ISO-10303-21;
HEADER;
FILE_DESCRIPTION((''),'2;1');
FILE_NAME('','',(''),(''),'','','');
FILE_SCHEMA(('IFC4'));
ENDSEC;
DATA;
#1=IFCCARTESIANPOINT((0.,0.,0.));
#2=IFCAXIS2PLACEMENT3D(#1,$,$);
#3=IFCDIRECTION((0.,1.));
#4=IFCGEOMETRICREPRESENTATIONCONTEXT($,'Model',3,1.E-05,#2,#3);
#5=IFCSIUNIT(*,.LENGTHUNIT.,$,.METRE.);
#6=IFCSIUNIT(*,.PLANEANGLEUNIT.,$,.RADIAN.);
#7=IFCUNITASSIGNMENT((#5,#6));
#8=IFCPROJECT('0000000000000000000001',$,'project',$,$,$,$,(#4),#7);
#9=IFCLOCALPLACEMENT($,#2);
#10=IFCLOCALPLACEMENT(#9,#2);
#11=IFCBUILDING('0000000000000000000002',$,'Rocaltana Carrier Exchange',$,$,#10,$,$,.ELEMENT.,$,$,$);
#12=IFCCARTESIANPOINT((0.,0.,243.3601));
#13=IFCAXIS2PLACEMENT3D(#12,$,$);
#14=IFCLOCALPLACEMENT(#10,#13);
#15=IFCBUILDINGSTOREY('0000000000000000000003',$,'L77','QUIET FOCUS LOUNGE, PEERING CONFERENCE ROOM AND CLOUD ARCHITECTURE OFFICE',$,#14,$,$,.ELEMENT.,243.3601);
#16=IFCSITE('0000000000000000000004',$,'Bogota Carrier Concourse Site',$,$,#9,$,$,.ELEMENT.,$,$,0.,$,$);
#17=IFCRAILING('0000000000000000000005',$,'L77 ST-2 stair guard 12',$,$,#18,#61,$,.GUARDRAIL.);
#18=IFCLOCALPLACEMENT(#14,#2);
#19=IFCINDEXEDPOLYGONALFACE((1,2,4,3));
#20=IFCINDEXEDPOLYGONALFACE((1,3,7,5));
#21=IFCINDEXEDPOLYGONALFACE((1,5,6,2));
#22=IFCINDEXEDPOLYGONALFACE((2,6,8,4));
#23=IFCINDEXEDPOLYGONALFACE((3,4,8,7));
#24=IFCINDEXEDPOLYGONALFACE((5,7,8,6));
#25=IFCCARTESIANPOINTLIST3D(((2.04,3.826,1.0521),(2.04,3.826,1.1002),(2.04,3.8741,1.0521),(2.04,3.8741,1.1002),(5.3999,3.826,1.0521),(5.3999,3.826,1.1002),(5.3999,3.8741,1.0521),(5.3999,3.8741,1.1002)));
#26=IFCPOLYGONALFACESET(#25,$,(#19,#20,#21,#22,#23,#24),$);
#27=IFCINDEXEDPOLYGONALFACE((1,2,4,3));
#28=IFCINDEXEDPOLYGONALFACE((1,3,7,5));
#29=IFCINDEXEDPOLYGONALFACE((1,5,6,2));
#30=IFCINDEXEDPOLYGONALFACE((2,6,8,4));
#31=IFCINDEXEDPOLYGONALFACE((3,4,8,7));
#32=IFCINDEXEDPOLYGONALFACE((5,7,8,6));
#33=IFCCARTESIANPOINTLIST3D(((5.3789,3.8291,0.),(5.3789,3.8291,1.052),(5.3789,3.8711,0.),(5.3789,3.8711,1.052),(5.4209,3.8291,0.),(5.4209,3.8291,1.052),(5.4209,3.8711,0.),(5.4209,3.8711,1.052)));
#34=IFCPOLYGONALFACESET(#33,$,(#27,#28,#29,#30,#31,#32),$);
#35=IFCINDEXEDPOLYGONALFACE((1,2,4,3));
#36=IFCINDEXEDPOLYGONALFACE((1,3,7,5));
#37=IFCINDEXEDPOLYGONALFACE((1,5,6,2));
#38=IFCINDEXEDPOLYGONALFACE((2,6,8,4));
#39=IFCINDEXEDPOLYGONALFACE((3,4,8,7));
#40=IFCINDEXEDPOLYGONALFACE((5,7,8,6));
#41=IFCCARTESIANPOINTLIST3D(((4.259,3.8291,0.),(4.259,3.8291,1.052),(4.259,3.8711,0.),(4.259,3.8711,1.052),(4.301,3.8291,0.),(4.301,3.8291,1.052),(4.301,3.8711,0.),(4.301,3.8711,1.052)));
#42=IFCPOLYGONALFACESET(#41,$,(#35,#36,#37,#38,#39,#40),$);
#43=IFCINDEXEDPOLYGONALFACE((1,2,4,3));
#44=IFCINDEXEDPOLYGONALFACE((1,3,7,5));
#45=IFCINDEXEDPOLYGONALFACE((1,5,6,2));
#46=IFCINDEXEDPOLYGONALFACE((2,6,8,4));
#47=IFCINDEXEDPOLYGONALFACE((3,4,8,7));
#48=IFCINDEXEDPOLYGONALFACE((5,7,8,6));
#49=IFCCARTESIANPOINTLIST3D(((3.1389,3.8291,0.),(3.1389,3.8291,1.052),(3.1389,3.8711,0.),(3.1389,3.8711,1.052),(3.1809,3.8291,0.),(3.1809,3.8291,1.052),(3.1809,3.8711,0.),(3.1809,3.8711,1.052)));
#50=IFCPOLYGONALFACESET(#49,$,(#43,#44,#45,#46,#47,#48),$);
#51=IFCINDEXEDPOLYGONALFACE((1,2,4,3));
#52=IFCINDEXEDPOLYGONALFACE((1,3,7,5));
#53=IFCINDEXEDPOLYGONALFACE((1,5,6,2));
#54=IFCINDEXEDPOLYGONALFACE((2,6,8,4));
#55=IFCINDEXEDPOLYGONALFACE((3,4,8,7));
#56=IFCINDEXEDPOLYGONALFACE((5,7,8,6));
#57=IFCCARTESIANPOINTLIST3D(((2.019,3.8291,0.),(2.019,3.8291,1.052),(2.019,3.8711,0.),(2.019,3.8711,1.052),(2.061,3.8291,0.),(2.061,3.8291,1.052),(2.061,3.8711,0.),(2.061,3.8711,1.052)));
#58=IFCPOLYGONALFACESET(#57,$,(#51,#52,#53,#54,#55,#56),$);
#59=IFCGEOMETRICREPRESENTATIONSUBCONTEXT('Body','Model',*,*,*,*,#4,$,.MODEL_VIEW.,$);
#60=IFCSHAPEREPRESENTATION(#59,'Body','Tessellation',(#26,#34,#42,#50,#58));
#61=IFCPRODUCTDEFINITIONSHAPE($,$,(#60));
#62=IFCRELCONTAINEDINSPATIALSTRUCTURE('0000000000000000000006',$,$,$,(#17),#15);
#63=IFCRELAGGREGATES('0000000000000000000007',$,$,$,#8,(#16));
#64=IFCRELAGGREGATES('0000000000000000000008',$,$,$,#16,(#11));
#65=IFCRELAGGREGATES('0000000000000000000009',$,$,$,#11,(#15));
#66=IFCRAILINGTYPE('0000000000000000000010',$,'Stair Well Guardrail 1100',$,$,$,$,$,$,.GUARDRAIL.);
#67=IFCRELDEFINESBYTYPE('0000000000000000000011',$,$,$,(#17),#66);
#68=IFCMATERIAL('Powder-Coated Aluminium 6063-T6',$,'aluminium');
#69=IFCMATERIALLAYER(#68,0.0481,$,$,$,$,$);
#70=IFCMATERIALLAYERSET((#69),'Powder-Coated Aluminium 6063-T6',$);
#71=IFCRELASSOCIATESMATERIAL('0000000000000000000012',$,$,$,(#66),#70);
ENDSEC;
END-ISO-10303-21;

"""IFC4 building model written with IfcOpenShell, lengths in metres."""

from ifc_helpers import new_model, si_unit, direction, frame, origin, origin_2d, place, context, subcontext, project, spatial, rectangle, extrude, material, layer, layer_set, type_object, element, save


model = new_model("IFC4")

# Units and contexts
model_context = context("Model", 3, precision=1e-05, world=origin(), true_north=direction((0.0, 1.0)))
body_context = subcontext(model_context, "Body", "Model", "MODEL_VIEW")
ifc_project = project(units=[si_unit("LENGTHUNIT", "METRE"), si_unit("PLANEANGLEUNIT", "RADIAN")], contexts=[model_context])

# Site, building, storey
site_placement = place(None, origin())
site = spatial("IfcSite", under=ifc_project, at=site_placement, Name="Bogota Carrier Concourse Site", CompositionType="ELEMENT", RefElevation=0.0)
building_placement = place(site_placement, origin())
building = spatial("IfcBuilding", under=site, at=building_placement, Name="Rocaltana Carrier Exchange", CompositionType="ELEMENT")
storey_placement = place(building_placement, frame((0.0, 0.0, 243.3601)))
storey = spatial("IfcBuildingStorey", under=building, at=storey_placement, Name="L77", Description="QUIET FOCUS LOUNGE, PEERING CONFERENCE ROOM AND CLOUD ARCHITECTURE OFFICE", CompositionType="ELEMENT", Elevation=243.3601)

# Railing
ifc_material_1 = material(Name="Powder-Coated Aluminium 6063-T6", Category="aluminium")
ifc_layer_1 = layer(ifc_material_1, 0.0481)
ifc_layer_set_1 = layer_set([ifc_layer_1], Name="Powder-Coated Aluminium 6063-T6")
railing_type_1 = type_object("IfcRailingType", Name="Stair Well Guardrail 1100", PredefinedType="GUARDRAIL", material=ifc_layer_set_1)
railing_1_placement = place(storey_placement, frame((5.3999, 3.8501, 0.0)))
element("IfcRailing", 1, at=railing_1_placement, inside=storey, type_object=railing_type_1, Name="L77 ST-2 stair guard 12", PredefinedType="GUARDRAIL", context=body_context, shape_type="SweptSolid", body=[
    extrude(rectangle(XDim=0.0481, YDim=0.0481, at=origin_2d()), frame((0.0, 0.0, 1.0762), z_axis=(-1.0, 0.0, 0.0), x_axis=(0.0, -1.0, 0.0)), (0.0, 0.0, 1.0), 3.3599),
    extrude(rectangle(XDim=0.042, YDim=0.042, at=origin_2d()), origin(), (0.0, 0.0, 1.0), 1.052),
    extrude(rectangle(XDim=0.042, YDim=0.042, at=origin_2d()), frame((-1.1199, 0.0, 0.0)), (0.0, 0.0, 1.0), 1.052),
    extrude(rectangle(XDim=0.042, YDim=0.042, at=origin_2d()), frame((-2.24, 0.0, 0.0)), (0.0, 0.0, 1.0), 1.052),
    extrude(rectangle(XDim=0.042, YDim=0.042, at=origin_2d()), frame((-3.3599, 0.0, 0.0)), (0.0, 0.0, 1.0), 1.052),
])

save(model, "model.ifc")
